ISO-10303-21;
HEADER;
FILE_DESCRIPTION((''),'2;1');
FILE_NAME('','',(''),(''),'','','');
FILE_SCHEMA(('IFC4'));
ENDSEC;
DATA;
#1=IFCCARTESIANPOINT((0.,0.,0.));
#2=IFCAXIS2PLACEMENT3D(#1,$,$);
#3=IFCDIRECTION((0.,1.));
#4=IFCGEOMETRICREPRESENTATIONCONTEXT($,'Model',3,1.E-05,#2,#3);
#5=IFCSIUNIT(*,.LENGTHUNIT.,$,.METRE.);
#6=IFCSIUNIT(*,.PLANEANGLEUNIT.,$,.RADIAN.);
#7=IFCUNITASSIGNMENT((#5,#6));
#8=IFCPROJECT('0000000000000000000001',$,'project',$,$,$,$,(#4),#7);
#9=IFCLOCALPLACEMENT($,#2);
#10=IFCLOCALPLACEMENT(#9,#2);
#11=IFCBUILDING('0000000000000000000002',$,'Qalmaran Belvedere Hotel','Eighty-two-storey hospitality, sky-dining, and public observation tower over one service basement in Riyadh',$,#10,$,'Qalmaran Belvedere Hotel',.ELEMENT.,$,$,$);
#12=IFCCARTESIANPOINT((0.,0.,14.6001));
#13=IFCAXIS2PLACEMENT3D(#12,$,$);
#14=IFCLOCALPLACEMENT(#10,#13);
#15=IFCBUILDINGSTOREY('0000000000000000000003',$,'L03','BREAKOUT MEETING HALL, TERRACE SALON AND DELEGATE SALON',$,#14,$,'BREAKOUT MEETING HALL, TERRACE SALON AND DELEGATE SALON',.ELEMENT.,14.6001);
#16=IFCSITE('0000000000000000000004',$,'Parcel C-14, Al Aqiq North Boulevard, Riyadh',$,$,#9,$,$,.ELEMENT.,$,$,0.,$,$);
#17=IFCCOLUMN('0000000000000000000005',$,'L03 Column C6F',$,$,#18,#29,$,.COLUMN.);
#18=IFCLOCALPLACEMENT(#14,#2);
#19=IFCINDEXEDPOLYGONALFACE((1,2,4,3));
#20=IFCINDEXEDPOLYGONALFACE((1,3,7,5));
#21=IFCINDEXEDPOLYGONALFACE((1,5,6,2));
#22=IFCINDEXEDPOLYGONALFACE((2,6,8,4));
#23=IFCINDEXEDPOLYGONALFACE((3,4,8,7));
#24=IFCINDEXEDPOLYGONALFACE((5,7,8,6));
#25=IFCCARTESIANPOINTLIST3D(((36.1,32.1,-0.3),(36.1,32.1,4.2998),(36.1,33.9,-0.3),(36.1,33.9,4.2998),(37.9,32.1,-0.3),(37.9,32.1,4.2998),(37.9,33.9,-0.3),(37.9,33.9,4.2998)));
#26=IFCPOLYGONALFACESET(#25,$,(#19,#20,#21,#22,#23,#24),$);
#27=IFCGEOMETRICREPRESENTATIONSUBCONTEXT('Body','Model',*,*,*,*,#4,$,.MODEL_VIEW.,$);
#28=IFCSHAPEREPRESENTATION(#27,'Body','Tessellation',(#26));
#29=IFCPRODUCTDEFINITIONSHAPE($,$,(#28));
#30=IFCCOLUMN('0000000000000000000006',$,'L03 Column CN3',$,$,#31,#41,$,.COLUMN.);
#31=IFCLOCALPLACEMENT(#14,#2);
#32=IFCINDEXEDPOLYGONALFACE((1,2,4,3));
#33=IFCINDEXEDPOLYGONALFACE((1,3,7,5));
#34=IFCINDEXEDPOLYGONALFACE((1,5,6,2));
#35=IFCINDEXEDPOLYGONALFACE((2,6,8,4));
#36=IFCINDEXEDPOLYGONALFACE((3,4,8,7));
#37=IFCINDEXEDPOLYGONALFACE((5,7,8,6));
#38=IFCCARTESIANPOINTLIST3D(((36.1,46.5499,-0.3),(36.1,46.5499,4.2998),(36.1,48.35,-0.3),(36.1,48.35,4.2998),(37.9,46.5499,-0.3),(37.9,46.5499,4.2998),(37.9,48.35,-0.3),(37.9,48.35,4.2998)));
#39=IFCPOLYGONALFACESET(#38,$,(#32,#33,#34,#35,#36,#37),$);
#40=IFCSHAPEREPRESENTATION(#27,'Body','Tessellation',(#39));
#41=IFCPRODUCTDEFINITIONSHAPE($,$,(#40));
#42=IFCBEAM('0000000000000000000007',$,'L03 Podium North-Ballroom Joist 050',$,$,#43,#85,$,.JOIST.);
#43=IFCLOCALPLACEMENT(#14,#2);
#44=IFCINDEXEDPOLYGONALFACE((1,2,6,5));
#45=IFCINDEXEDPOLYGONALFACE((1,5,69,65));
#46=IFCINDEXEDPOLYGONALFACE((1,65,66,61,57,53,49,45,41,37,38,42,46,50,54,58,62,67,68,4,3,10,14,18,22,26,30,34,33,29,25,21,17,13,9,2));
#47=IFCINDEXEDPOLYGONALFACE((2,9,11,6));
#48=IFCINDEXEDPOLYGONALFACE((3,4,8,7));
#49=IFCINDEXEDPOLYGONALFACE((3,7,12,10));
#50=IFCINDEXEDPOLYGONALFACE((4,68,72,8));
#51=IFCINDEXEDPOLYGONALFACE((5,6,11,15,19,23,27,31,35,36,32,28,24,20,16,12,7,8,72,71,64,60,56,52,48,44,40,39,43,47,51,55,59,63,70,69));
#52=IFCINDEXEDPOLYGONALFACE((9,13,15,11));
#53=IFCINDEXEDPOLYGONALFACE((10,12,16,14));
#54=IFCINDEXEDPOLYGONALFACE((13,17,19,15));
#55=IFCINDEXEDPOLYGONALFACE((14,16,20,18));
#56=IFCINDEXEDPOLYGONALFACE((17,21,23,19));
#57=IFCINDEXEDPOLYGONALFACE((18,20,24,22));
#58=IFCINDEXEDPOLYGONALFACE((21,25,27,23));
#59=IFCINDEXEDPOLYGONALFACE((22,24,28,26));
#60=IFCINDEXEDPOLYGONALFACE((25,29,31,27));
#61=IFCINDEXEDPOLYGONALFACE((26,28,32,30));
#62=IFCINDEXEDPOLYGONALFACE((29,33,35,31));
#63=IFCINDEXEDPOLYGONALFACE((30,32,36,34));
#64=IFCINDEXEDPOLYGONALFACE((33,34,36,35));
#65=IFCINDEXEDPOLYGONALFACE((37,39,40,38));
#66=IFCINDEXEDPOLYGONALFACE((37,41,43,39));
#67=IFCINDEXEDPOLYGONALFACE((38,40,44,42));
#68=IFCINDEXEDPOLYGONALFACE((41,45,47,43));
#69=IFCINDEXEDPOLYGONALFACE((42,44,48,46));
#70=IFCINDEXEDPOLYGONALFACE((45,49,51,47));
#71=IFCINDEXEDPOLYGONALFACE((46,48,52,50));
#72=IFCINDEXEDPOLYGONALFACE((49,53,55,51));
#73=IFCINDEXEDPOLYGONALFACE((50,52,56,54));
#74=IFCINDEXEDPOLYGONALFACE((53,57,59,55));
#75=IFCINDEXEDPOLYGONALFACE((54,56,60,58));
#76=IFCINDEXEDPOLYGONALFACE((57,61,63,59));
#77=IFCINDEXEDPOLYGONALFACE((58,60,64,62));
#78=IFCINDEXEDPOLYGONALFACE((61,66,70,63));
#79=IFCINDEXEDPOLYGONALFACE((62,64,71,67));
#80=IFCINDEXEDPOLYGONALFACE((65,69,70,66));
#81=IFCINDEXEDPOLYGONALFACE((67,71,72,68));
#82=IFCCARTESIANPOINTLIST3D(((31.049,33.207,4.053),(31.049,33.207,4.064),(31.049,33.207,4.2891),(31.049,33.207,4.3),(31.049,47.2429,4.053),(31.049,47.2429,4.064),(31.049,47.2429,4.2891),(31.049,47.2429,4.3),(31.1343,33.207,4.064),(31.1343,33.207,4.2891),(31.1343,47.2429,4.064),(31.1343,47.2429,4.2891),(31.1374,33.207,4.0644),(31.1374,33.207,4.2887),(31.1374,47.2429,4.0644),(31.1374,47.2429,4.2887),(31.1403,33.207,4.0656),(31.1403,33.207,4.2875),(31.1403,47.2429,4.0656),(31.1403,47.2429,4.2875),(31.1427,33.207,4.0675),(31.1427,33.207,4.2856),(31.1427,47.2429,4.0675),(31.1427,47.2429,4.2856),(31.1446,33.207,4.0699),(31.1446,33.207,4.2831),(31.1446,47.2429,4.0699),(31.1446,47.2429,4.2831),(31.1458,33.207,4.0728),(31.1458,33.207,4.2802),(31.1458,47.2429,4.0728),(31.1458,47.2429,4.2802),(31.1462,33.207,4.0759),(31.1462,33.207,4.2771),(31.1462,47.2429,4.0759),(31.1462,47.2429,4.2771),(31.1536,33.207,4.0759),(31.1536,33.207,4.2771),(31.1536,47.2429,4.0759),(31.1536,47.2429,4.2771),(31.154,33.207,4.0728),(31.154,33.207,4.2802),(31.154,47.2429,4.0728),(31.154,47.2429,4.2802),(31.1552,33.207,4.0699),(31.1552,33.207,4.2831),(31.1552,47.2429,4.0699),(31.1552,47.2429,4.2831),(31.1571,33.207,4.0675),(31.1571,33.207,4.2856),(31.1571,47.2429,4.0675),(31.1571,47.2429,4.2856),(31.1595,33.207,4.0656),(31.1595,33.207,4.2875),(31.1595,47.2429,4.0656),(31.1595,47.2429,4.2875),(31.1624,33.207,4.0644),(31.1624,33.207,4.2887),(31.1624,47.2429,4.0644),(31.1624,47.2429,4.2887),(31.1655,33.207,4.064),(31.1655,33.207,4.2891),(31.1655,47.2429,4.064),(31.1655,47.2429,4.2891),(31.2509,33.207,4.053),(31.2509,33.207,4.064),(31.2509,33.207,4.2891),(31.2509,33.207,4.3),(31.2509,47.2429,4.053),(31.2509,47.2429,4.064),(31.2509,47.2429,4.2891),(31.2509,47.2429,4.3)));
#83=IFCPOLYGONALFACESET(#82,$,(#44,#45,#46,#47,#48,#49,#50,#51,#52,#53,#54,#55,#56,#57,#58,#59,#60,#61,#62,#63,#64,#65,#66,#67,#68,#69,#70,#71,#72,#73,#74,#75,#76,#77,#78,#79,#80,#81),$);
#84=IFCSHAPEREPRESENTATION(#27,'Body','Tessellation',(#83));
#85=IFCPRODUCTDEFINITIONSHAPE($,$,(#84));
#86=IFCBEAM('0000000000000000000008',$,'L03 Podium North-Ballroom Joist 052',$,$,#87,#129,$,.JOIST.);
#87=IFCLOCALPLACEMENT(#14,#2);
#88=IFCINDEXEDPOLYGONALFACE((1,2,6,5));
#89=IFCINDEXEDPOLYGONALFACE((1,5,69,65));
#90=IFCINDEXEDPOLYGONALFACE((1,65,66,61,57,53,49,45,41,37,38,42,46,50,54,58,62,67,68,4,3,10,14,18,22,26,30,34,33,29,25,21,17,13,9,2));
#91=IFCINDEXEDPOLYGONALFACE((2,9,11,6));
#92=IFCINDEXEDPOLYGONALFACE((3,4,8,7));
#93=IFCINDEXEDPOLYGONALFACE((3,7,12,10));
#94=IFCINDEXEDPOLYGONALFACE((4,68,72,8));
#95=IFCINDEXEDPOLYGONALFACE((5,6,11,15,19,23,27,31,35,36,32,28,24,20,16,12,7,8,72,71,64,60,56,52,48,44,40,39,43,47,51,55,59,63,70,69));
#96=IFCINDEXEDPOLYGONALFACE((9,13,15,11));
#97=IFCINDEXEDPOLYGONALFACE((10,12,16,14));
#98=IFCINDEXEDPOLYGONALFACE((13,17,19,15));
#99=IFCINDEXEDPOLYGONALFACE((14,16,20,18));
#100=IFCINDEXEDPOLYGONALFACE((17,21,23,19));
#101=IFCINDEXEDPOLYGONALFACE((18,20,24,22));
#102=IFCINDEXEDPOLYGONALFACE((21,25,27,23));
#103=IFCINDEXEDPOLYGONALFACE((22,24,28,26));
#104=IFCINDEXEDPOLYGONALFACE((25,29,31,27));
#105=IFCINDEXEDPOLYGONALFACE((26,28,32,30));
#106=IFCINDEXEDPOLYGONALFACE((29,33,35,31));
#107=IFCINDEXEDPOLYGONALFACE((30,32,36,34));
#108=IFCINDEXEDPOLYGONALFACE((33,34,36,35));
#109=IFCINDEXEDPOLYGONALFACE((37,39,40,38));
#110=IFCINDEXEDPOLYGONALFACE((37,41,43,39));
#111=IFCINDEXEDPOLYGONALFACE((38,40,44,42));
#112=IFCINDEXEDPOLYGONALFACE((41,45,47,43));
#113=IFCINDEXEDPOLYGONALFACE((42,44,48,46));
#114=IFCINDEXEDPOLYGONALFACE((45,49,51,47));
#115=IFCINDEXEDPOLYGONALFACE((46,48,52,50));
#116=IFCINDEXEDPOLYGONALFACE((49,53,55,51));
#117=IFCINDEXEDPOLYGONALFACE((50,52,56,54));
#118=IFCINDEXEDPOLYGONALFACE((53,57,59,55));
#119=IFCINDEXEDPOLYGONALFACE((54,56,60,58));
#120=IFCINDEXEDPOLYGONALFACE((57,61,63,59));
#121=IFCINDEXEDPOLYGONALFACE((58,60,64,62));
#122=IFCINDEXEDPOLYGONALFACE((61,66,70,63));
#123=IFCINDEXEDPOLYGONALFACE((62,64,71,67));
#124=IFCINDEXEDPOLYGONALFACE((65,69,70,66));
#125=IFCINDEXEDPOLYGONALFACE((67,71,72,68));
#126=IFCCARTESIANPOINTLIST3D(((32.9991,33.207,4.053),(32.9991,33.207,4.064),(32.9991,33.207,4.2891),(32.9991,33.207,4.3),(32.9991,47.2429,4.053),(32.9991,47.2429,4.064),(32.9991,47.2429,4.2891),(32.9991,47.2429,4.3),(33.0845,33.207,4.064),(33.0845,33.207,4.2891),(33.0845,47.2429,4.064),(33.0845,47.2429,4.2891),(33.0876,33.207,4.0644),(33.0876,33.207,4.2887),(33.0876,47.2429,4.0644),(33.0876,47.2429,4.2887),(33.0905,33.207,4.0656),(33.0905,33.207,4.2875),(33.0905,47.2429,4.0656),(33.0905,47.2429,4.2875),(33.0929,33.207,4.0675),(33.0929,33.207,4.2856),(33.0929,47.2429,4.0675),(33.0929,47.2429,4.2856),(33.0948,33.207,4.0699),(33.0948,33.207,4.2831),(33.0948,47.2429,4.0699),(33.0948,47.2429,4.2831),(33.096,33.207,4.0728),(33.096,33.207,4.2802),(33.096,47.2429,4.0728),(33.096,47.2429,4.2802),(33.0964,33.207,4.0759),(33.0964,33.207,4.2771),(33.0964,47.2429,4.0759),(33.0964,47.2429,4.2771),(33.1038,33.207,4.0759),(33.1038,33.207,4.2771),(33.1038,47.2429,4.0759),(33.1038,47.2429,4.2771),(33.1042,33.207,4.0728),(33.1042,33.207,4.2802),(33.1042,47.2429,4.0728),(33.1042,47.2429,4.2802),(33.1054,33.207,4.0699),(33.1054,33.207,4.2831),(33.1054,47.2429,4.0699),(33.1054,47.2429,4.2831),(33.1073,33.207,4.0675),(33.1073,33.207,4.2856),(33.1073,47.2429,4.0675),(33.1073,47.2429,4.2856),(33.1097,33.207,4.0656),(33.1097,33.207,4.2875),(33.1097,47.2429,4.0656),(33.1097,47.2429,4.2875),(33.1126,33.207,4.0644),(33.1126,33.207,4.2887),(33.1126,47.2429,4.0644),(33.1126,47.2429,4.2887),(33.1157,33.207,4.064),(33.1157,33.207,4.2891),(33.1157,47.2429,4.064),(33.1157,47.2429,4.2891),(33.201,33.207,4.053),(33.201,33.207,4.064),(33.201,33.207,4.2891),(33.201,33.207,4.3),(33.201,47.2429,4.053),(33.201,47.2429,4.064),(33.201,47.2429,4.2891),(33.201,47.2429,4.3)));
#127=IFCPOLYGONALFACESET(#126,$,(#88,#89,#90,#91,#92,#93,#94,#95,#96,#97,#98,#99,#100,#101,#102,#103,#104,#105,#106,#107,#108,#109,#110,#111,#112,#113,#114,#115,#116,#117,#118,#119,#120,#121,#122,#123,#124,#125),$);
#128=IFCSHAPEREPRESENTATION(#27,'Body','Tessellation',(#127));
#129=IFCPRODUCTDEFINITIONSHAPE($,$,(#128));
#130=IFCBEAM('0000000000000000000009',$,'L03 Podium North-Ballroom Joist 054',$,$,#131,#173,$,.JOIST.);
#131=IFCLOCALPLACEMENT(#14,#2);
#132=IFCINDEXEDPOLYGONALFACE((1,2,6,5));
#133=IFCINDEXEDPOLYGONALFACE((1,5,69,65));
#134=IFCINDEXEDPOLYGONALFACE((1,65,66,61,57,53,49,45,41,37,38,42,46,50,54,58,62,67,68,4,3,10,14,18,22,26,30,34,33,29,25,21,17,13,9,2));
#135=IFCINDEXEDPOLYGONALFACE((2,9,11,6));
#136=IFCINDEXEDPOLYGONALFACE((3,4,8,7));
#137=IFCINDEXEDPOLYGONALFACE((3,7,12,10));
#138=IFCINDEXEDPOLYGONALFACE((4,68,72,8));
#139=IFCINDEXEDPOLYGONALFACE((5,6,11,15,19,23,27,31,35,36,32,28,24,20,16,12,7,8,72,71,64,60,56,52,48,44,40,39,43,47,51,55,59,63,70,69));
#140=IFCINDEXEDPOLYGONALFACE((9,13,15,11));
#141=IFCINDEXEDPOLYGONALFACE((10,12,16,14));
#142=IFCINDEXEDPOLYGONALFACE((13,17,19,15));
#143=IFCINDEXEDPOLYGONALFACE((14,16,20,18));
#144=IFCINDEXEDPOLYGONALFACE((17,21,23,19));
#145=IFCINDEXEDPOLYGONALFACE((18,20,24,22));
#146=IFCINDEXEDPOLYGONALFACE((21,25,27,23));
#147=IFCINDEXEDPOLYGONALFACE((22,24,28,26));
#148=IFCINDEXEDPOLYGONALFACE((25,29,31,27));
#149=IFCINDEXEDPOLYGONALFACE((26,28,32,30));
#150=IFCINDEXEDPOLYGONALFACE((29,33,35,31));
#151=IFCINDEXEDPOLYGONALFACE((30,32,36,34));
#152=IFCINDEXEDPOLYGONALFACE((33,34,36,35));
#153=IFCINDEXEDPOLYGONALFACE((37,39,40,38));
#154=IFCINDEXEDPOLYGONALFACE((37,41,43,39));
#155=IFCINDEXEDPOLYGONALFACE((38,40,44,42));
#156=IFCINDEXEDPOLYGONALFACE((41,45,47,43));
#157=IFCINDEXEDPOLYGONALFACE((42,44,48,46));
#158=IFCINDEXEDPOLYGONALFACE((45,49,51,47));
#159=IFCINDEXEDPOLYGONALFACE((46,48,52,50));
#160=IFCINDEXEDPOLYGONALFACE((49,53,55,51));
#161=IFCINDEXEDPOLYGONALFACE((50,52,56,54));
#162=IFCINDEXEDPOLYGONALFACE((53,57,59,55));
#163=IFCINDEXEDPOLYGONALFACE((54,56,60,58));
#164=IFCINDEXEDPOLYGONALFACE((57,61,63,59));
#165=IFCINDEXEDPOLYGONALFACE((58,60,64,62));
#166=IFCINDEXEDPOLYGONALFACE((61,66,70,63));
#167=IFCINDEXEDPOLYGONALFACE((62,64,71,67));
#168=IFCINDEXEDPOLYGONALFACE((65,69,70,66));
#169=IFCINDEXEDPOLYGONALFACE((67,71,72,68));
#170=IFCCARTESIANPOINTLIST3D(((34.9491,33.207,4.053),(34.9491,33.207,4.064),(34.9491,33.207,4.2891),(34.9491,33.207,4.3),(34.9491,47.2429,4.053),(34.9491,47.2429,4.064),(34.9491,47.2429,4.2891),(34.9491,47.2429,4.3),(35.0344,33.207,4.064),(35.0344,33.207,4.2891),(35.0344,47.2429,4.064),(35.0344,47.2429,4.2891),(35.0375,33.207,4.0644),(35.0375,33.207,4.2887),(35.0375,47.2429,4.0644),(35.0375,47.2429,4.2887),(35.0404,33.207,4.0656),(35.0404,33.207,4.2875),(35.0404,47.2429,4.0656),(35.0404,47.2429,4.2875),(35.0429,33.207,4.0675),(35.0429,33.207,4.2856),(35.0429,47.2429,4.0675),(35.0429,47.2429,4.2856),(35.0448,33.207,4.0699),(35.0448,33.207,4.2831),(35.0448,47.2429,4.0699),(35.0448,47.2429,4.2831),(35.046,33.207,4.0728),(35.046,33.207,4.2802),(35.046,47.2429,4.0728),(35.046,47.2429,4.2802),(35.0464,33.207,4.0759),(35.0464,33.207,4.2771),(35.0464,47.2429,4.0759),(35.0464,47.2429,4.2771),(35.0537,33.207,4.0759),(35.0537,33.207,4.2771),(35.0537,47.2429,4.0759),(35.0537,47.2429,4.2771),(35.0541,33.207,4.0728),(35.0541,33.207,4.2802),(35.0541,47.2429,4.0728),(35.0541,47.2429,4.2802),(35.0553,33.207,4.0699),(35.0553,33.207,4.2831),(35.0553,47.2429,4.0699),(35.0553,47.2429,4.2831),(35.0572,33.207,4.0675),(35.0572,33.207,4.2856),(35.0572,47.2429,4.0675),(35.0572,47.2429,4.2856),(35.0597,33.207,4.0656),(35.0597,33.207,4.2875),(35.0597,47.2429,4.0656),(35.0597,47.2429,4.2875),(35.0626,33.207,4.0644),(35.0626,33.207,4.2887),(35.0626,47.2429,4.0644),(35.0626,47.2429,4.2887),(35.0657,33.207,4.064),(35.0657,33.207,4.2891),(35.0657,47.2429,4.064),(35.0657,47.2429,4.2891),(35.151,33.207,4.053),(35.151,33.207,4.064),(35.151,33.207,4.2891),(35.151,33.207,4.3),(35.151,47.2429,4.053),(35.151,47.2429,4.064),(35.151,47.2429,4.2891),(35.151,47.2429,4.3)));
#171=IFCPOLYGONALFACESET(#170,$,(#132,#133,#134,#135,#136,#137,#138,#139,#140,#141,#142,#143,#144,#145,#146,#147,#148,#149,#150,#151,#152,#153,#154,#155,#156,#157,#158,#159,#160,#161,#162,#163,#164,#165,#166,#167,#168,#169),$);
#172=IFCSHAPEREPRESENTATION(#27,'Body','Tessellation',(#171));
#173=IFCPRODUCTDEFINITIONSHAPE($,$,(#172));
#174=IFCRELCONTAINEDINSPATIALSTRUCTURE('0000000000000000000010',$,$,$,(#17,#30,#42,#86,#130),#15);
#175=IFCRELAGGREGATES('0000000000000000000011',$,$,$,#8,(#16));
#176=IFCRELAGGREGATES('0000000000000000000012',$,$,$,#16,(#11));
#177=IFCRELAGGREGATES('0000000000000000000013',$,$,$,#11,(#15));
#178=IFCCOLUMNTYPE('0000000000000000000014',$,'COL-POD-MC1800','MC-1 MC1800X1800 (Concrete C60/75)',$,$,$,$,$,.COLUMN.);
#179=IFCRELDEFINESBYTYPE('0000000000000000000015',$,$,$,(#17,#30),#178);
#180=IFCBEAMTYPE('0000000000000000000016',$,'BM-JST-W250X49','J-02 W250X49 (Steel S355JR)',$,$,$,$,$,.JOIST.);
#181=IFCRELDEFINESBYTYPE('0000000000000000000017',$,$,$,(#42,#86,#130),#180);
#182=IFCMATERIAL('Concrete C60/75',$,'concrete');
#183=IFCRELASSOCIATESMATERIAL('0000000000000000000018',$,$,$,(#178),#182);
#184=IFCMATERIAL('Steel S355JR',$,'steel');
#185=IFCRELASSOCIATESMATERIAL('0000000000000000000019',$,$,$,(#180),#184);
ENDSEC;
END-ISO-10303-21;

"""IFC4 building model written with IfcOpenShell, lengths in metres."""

from ifc_helpers import new_model, si_unit, direction, frame, origin, origin_2d, place, context, subcontext, project, spatial, rectangle, i_section, extrude, material, material_profile, profile_set, type_object, element, save


model = new_model("IFC4")

# Units and contexts
model_context = context("Model", 3, precision=1e-05, world=origin(), true_north=direction((0.0, 1.0)))
body_context = subcontext(model_context, "Body", "Model", "MODEL_VIEW")
ifc_project = project(units=[si_unit("LENGTHUNIT", "METRE"), si_unit("PLANEANGLEUNIT", "RADIAN")], contexts=[model_context])

# Site, building, storey
site_placement = place(None, origin())
site = spatial("IfcSite", under=ifc_project, at=site_placement, Name="Parcel C-14, Al Aqiq North Boulevard, Riyadh", CompositionType="ELEMENT", RefElevation=0.0)
building_placement = place(site_placement, origin())
building = spatial("IfcBuilding", under=site, at=building_placement, Name="Qalmaran Belvedere Hotel", Description="Eighty-two-storey hospitality, sky-dining, and public observation tower over one service basement in Riyadh", LongName="Qalmaran Belvedere Hotel", CompositionType="ELEMENT")
storey_placement = place(building_placement, frame((0.0, 0.0, 14.6001)))
storey = spatial("IfcBuildingStorey", under=building, at=storey_placement, Name="L03", Description="BREAKOUT MEETING HALL, TERRACE SALON AND DELEGATE SALON", LongName="BREAKOUT MEETING HALL, TERRACE SALON AND DELEGATE SALON", CompositionType="ELEMENT", Elevation=14.6001)

# Columns
ifc_material_1 = material(Name="Concrete C60/75", Category="concrete")
ifc_material_profile_1 = material_profile(ifc_material_1, rectangle(XDim=1.8, YDim=1.8, at=origin_2d()), Name="MC1800X1800")
ifc_profile_set_1 = profile_set([ifc_material_profile_1], Name="Concrete C60/75")
column_type = type_object("IfcColumnType", Name="COL-POD-MC1800", Description="MC-1 MC1800X1800 (Concrete C60/75)", PredefinedType="COLUMN", material=ifc_profile_set_1)
for number, where, z_axis, x_axis, name in (
    (1, (37.0, 33.0, -0.3), (0.0, 0.0, 1.0), (1.0, 0.0, 0.0), "L03 Column C6F"),
    (2, (37.0, 47.45, -0.3), (0.0, 0.0, 1.0), (1.0, 0.0, 0.0), "L03 Column CN3"),
):
    element("IfcColumn", number, at=place(storey_placement, frame(where, z_axis=z_axis, x_axis=x_axis)), inside=storey, type_object=column_type, Name=name, PredefinedType="COLUMN", context=body_context, shape_type="SweptSolid", body=[
        extrude(rectangle(XDim=1.8, YDim=1.8, at=origin_2d()), origin(), (0.0, 0.0, 1.0), 4.5999),
    ])

# Beams
ifc_material_2 = material(Name="Steel S355JR", Category="steel")
ifc_material_profile_2 = material_profile(ifc_material_2, i_section(OverallWidth=0.2019, OverallDepth=0.2471, WebThickness=0.0073, FlangeThickness=0.011, FilletRadius=0.012, at=origin_2d()), Name="W250X49")
ifc_profile_set_2 = profile_set([ifc_material_profile_2], Name="Steel S355JR")
beam_type_1 = type_object("IfcBeamType", Name="BM-JST-W250X49", Description="J-02 W250X49 (Steel S355JR)", PredefinedType="JOIST", material=ifc_profile_set_2)
for number, where, z_axis, x_axis, name in (
    (3, (31.1499, 33.207, 4.1765), (0.0, 1.0, 0.0), (-1.0, 0.0, 0.0), "L03 Podium North-Ballroom Joist 050"),
    (4, (33.1001, 33.207, 4.1765), (0.0, 1.0, 0.0), (-1.0, 0.0, 0.0), "L03 Podium North-Ballroom Joist 052"),
    (5, (35.05, 33.207, 4.1765), (0.0, 1.0, 0.0), (-1.0, 0.0, 0.0), "L03 Podium North-Ballroom Joist 054"),
):
    element("IfcBeam", number, at=place(storey_placement, frame(where, z_axis=z_axis, x_axis=x_axis)), inside=storey, type_object=beam_type_1, Name=name, PredefinedType="JOIST", context=body_context, shape_type="SweptSolid", body=[
        extrude(i_section(OverallWidth=0.2019, OverallDepth=0.2471, WebThickness=0.0073, FlangeThickness=0.011, FilletRadius=0.012, at=origin_2d()), origin(), (0.0, 0.0, 1.0), 14.0359),
    ])

save(model, "model.ifc")
